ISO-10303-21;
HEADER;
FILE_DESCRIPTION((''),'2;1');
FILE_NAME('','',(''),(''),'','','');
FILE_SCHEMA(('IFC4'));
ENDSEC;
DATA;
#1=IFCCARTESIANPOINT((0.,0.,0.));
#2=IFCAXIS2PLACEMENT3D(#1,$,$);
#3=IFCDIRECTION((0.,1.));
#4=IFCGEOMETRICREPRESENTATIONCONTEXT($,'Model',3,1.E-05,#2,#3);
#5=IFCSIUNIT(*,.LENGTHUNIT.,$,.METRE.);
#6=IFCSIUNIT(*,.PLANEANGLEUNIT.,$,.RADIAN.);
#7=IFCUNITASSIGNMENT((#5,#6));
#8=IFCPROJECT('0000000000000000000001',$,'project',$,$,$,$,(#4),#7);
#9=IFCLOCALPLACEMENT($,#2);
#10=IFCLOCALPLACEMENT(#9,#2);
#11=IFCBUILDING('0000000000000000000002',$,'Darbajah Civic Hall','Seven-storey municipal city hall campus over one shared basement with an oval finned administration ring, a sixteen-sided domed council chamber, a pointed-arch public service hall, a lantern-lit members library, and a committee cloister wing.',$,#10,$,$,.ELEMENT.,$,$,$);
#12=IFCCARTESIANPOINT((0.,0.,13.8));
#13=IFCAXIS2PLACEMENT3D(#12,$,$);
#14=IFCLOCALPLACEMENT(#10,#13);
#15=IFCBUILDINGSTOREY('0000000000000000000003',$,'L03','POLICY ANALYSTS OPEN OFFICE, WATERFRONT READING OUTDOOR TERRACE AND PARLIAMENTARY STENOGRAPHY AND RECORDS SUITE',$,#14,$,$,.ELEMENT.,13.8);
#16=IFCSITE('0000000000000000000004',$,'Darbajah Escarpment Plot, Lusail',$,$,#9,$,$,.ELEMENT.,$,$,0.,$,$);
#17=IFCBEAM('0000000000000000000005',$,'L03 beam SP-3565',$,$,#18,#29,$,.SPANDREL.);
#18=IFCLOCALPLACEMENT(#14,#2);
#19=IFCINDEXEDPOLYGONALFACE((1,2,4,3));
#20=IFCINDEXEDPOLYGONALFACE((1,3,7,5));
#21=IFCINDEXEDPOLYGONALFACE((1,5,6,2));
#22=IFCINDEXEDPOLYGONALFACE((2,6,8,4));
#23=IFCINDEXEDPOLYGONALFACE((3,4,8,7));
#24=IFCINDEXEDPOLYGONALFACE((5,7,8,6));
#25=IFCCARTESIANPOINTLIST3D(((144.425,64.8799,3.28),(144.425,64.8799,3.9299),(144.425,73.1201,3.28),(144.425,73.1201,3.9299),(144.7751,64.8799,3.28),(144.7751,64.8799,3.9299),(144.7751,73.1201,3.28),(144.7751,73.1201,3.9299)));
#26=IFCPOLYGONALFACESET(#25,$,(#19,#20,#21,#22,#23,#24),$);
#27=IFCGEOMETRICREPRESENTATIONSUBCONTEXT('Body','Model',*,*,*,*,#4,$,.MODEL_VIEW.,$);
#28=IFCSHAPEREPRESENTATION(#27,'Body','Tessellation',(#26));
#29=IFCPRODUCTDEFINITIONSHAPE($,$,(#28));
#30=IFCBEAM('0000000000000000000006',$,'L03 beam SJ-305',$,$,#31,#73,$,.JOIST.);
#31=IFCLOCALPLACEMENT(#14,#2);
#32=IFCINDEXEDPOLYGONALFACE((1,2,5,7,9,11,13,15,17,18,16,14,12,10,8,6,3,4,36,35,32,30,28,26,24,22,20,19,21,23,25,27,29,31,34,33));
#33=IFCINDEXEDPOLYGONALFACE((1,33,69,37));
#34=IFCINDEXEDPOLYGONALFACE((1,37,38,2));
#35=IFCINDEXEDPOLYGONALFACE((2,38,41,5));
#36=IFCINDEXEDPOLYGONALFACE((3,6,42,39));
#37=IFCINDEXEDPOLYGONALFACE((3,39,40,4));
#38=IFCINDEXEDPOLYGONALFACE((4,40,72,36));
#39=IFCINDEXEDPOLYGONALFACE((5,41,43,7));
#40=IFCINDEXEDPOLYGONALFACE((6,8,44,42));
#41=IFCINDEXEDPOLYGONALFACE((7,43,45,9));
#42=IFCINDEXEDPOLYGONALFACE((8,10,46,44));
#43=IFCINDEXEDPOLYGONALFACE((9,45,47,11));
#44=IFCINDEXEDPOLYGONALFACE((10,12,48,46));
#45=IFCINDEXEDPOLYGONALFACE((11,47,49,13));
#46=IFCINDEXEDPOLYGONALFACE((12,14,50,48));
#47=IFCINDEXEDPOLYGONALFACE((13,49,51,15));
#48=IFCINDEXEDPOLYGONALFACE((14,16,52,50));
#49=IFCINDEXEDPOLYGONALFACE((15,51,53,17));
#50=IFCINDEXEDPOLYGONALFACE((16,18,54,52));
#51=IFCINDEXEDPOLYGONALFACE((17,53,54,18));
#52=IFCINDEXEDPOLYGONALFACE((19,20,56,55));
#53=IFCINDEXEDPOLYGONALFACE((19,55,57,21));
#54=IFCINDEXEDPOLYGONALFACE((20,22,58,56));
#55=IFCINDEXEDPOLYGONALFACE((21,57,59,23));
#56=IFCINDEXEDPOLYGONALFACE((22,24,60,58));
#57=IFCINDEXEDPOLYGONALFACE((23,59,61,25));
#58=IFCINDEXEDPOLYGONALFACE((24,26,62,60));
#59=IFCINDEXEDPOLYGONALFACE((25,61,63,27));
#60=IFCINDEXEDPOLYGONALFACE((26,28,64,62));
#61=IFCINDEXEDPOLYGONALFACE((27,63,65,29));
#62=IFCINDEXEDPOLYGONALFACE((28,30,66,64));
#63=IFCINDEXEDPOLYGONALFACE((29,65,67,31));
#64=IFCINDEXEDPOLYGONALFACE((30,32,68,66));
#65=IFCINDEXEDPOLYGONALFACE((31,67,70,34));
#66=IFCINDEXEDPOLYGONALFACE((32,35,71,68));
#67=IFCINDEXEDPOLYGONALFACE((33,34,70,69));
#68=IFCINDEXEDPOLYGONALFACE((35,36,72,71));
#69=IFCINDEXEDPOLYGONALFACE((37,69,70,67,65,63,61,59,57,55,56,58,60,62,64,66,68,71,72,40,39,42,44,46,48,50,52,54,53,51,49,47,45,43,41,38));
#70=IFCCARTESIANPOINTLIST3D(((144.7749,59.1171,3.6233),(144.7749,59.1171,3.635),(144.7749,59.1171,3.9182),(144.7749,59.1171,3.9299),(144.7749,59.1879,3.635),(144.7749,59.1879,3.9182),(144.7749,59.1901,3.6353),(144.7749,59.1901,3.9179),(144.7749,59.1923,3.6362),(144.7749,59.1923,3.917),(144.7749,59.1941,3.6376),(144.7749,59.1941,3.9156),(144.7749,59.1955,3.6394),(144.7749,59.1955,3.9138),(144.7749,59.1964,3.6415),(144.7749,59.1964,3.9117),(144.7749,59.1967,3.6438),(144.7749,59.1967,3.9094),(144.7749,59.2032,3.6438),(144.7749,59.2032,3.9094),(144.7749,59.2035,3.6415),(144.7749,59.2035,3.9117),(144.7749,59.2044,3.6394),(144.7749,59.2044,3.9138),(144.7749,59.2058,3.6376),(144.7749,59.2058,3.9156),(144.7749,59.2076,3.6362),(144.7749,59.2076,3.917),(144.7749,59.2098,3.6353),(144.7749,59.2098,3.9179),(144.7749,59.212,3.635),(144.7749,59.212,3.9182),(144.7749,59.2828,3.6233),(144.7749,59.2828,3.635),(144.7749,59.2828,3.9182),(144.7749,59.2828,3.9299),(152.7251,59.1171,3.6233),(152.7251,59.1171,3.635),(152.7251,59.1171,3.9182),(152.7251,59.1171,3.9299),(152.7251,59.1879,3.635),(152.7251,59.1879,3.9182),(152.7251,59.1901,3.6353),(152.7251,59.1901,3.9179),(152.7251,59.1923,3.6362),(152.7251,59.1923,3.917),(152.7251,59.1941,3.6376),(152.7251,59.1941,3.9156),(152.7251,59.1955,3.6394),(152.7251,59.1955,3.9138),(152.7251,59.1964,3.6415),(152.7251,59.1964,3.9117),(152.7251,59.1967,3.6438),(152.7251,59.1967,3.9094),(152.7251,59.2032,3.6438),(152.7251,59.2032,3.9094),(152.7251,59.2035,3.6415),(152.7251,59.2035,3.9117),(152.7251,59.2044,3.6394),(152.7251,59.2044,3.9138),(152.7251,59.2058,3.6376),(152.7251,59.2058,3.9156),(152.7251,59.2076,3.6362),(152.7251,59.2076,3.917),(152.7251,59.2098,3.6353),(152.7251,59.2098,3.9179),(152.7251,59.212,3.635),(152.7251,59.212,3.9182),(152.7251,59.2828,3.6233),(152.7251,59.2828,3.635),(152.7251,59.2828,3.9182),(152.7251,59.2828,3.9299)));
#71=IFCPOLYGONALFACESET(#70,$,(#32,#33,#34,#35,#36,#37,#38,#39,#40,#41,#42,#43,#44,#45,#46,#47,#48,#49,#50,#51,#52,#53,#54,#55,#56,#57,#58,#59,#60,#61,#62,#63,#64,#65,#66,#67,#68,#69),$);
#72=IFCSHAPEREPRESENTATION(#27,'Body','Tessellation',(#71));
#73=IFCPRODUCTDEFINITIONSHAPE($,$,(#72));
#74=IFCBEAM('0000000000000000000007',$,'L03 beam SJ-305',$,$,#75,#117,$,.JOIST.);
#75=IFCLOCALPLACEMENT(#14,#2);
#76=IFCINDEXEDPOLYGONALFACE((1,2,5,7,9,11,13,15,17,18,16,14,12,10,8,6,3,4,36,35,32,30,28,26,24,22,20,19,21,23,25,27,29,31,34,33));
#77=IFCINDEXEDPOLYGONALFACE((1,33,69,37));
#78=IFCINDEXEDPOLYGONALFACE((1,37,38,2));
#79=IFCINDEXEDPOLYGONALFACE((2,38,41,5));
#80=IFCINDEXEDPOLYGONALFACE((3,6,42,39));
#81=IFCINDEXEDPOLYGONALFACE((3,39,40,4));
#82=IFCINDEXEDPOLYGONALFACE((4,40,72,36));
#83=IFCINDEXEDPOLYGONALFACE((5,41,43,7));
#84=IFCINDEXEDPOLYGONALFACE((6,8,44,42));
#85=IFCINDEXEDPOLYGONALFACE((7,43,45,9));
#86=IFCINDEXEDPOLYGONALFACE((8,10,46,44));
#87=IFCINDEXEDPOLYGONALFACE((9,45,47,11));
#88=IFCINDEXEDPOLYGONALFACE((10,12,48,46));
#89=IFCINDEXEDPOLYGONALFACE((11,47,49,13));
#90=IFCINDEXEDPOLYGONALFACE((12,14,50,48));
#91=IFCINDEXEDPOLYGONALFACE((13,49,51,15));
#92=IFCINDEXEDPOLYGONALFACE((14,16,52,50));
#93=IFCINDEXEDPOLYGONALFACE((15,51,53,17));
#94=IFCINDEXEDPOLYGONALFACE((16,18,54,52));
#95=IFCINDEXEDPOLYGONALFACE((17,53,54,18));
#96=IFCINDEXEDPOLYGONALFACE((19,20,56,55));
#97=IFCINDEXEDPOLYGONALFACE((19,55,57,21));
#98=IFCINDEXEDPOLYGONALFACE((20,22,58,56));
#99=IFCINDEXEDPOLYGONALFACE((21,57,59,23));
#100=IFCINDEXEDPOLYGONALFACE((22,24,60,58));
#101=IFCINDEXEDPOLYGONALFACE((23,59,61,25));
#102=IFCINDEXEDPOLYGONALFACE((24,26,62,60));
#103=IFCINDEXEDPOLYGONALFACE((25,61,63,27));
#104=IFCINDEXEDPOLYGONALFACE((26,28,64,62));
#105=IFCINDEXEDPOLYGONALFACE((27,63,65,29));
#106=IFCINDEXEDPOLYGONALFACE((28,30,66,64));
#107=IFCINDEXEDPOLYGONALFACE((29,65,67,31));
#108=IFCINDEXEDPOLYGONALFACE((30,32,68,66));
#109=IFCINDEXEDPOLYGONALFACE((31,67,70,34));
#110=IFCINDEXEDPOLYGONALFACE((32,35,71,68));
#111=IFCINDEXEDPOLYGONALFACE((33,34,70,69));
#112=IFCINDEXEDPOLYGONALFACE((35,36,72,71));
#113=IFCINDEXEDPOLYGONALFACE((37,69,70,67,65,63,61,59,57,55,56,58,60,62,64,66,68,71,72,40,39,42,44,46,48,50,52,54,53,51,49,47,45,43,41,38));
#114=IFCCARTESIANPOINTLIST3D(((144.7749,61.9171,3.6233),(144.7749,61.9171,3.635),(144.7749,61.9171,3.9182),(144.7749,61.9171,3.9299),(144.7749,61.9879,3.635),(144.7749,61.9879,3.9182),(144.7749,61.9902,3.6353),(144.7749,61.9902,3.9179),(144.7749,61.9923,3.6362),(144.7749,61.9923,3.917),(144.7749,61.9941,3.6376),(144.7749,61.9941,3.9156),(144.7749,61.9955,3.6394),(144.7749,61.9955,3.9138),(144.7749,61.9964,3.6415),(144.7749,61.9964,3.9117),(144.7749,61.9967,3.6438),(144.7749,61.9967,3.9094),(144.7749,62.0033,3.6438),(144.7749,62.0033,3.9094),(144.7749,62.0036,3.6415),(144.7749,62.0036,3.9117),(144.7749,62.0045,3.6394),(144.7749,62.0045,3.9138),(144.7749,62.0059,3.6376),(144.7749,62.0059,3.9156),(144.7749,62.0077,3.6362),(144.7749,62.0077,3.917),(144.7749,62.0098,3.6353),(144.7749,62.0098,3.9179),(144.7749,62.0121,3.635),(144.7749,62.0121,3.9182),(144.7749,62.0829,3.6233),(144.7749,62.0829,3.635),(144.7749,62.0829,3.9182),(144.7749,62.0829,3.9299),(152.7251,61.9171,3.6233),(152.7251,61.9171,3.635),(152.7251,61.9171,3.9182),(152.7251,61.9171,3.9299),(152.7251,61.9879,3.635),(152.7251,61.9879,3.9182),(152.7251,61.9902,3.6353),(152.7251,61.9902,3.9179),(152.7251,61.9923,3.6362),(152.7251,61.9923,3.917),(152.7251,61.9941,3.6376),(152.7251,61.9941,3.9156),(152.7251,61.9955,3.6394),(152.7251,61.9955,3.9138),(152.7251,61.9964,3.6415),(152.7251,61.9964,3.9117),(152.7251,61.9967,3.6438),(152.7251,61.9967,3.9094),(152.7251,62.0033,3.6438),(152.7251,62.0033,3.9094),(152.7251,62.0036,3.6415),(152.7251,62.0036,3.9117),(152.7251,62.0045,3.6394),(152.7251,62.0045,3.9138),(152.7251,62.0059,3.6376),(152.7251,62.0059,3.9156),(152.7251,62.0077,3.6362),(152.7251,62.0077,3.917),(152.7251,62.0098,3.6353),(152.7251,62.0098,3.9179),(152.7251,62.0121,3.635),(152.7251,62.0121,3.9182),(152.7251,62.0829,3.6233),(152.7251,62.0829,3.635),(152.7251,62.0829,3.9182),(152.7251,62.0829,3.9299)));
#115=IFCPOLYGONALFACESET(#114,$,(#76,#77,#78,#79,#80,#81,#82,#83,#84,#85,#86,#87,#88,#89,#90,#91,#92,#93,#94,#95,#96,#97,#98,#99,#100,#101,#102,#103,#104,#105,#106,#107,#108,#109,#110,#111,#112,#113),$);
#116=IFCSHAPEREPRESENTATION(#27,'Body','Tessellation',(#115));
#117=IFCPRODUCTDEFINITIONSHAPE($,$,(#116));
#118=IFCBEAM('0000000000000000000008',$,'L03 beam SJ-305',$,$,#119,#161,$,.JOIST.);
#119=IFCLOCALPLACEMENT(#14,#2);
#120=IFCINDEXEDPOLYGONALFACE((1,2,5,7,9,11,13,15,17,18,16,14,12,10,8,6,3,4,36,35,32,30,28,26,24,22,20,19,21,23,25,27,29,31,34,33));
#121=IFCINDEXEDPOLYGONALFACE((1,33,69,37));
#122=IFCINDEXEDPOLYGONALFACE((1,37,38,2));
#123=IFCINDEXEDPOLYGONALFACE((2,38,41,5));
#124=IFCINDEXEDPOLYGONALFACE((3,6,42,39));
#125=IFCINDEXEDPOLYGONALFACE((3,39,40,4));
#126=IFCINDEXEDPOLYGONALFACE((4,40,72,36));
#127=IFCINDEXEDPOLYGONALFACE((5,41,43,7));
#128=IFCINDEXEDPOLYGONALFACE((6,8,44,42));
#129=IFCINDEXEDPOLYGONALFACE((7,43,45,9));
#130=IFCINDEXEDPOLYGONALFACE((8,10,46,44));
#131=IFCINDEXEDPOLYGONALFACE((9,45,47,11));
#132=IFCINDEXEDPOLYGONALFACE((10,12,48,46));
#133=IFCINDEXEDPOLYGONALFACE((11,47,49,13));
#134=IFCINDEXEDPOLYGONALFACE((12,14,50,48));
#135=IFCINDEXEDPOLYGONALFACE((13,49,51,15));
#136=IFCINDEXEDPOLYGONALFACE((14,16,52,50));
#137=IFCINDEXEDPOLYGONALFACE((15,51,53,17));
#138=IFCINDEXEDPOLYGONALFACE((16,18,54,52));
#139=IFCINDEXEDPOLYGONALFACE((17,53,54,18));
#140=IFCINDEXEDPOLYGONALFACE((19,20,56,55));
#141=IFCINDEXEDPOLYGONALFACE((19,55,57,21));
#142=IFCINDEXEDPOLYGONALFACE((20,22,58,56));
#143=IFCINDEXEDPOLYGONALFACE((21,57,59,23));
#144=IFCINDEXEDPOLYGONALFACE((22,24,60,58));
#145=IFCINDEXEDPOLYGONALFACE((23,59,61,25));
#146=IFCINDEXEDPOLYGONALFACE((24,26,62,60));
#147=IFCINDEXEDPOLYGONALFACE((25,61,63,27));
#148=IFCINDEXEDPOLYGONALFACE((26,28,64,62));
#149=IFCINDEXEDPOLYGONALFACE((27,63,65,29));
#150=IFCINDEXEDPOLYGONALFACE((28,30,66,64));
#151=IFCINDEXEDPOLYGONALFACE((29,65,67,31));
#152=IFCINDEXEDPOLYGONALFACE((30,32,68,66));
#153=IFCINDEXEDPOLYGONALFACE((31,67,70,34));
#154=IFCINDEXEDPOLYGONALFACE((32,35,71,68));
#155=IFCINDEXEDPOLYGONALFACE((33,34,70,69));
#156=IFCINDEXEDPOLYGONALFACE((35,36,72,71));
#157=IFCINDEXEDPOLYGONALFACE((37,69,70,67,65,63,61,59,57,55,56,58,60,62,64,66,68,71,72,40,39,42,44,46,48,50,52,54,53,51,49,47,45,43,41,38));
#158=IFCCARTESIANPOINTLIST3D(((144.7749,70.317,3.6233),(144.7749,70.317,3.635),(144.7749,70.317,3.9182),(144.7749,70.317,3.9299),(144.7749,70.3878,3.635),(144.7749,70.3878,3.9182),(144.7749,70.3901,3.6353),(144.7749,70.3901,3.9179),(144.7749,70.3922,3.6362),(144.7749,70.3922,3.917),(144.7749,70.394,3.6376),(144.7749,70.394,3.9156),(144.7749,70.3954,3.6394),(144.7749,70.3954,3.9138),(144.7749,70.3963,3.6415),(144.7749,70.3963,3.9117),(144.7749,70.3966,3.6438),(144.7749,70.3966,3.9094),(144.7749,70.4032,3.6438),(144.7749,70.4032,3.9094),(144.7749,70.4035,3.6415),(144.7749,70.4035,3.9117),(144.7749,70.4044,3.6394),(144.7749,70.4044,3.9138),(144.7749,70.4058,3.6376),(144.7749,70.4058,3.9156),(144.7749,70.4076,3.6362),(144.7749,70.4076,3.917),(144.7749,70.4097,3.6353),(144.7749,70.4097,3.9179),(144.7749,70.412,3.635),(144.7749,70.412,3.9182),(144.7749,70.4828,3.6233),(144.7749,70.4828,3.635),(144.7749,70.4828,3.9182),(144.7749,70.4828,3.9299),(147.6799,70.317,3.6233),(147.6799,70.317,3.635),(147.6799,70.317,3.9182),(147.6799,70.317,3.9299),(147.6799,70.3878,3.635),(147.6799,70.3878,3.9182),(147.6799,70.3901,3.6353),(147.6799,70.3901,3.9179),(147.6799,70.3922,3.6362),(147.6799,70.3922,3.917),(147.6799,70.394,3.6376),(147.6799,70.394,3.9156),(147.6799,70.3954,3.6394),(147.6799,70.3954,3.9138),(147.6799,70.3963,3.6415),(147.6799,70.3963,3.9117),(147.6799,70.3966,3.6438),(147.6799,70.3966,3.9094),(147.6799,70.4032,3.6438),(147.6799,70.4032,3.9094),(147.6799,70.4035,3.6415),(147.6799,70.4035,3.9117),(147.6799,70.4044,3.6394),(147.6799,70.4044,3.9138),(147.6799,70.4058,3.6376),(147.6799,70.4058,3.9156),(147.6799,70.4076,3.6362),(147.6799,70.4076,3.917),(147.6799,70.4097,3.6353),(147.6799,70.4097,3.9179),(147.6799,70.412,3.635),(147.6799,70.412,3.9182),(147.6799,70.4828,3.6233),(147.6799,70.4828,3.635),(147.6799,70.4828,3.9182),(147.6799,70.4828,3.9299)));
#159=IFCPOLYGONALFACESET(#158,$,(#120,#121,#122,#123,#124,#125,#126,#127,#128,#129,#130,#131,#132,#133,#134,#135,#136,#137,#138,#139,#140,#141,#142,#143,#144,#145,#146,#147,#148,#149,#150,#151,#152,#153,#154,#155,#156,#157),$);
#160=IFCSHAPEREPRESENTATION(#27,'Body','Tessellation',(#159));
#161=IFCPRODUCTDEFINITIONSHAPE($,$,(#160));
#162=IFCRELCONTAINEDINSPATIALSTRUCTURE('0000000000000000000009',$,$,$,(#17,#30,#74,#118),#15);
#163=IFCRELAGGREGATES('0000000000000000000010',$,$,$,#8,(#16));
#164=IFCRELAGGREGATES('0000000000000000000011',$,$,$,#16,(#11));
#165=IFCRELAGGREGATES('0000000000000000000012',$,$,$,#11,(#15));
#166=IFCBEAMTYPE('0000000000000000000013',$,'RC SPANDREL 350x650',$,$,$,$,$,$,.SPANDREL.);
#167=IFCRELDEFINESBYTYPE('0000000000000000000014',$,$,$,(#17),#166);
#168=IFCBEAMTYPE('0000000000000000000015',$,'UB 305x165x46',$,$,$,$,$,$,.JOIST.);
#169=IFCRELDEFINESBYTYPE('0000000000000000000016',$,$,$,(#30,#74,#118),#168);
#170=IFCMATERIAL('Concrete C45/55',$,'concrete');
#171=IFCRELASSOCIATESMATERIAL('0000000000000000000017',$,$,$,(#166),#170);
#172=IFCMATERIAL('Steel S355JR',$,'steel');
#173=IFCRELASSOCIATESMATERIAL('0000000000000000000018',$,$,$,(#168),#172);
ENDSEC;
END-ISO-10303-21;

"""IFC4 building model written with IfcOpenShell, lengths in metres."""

from ifc_helpers import new_model, si_unit, direction, frame, origin, origin_2d, place, context, subcontext, project, spatial, rectangle, i_section, extrude, material, material_profile, profile_set, type_object, element, save


model = new_model("IFC4")

# Units and contexts
model_context = context("Model", 3, precision=1e-05, world=origin(), true_north=direction((0.0, 1.0)))
body_context = subcontext(model_context, "Body", "Model", "MODEL_VIEW")
ifc_project = project(units=[si_unit("LENGTHUNIT", "METRE"), si_unit("PLANEANGLEUNIT", "RADIAN")], contexts=[model_context])

# Site, building, storey
site_placement = place(None, origin())
site = spatial("IfcSite", under=ifc_project, at=site_placement, Name="Darbajah Escarpment Plot, Lusail", CompositionType="ELEMENT", RefElevation=0.0)
building_placement = place(site_placement, origin())
building = spatial("IfcBuilding", under=site, at=building_placement, Name="Darbajah Civic Hall", Description="Seven-storey municipal city hall campus over one shared basement with an oval finned administration ring, a sixteen-sided domed council chamber, a pointed-arch public service hall, a lantern-lit members library, and a committee cloister wing.", CompositionType="ELEMENT")
storey_placement = place(building_placement, frame((0.0, 0.0, 13.8)))
storey = spatial("IfcBuildingStorey", under=building, at=storey_placement, Name="L03", Description="POLICY ANALYSTS OPEN OFFICE, WATERFRONT READING OUTDOOR TERRACE AND PARLIAMENTARY STENOGRAPHY AND RECORDS SUITE", CompositionType="ELEMENT", Elevation=13.8)

# Shared definitions
ifc_material_1 = material(Name="Steel S355JR", Category="steel")

# Beams
ifc_material_2 = material(Name="Concrete C45/55", Category="concrete")
ifc_material_profile_1 = material_profile(ifc_material_2, rectangle(XDim=0.3501, YDim=0.6499, at=origin_2d()), Name="RC SPANDREL 350x650")
ifc_profile_set_1 = profile_set([ifc_material_profile_1], Name="Concrete C45/55")
beam_type_1 = type_object("IfcBeamType", Name="RC SPANDREL 350x650", PredefinedType="SPANDREL", material=ifc_profile_set_1)
beam_1_placement = place(storey_placement, frame((144.6001, 64.8799, 3.605), z_axis=(0.0, 1.0, 0.0), x_axis=(-1.0, 0.0, 0.0)))
element("IfcBeam", 1, at=beam_1_placement, inside=storey, type_object=beam_type_1, Name="L03 beam SP-3565", PredefinedType="SPANDREL", context=body_context, shape_type="SweptSolid", body=[
    extrude(rectangle(XDim=0.3501, YDim=0.6499, at=origin_2d()), origin(), (0.0, 0.0, 1.0), 8.2402),
])
ifc_material_profile_2 = material_profile(ifc_material_1, i_section(OverallWidth=0.1658, OverallDepth=0.3066, WebThickness=0.0066, FlangeThickness=0.0117, FilletRadius=0.0088, at=origin_2d()), Name="UB 305x165x46")
ifc_profile_set_2 = profile_set([ifc_material_profile_2], Name="Steel S355JR")
beam_type_2 = type_object("IfcBeamType", Name="UB 305x165x46", PredefinedType="JOIST", material=ifc_profile_set_2)
for number, where, z_axis, x_axis, name in (
    (2, (144.7749, 59.2, 3.7766), (1.0, 0.0, 0.0), (0.0, 1.0, 0.0), "L03 beam SJ-305"),
    (3, (144.7749, 62.0, 3.7766), (1.0, 0.0, 0.0), (0.0, 1.0, 0.0), "L03 beam SJ-305"),
):
    element("IfcBeam", number, at=place(storey_placement, frame(where, z_axis=z_axis, x_axis=x_axis)), inside=storey, type_object=beam_type_2, Name=name, PredefinedType="JOIST", context=body_context, shape_type="SweptSolid", body=[
        extrude(i_section(OverallWidth=0.1658, OverallDepth=0.3066, WebThickness=0.0066, FlangeThickness=0.0117, FilletRadius=0.0088, at=origin_2d()), origin(), (0.0, 0.0, 1.0), 7.9502),
    ])
beam_2_placement = place(storey_placement, frame((144.7749, 70.3999, 3.7766), z_axis=(1.0, 0.0, 0.0), x_axis=(0.0, 1.0, 0.0)))
element("IfcBeam", 4, at=beam_2_placement, inside=storey, type_object=beam_type_2, Name="L03 beam SJ-305", PredefinedType="JOIST", context=body_context, shape_type="SweptSolid", body=[
    extrude(i_section(OverallWidth=0.1658, OverallDepth=0.3066, WebThickness=0.0066, FlangeThickness=0.0117, FilletRadius=0.0088, at=origin_2d()), origin(), (0.0, 0.0, 1.0), 2.905),
])

save(model, "model.ifc")
